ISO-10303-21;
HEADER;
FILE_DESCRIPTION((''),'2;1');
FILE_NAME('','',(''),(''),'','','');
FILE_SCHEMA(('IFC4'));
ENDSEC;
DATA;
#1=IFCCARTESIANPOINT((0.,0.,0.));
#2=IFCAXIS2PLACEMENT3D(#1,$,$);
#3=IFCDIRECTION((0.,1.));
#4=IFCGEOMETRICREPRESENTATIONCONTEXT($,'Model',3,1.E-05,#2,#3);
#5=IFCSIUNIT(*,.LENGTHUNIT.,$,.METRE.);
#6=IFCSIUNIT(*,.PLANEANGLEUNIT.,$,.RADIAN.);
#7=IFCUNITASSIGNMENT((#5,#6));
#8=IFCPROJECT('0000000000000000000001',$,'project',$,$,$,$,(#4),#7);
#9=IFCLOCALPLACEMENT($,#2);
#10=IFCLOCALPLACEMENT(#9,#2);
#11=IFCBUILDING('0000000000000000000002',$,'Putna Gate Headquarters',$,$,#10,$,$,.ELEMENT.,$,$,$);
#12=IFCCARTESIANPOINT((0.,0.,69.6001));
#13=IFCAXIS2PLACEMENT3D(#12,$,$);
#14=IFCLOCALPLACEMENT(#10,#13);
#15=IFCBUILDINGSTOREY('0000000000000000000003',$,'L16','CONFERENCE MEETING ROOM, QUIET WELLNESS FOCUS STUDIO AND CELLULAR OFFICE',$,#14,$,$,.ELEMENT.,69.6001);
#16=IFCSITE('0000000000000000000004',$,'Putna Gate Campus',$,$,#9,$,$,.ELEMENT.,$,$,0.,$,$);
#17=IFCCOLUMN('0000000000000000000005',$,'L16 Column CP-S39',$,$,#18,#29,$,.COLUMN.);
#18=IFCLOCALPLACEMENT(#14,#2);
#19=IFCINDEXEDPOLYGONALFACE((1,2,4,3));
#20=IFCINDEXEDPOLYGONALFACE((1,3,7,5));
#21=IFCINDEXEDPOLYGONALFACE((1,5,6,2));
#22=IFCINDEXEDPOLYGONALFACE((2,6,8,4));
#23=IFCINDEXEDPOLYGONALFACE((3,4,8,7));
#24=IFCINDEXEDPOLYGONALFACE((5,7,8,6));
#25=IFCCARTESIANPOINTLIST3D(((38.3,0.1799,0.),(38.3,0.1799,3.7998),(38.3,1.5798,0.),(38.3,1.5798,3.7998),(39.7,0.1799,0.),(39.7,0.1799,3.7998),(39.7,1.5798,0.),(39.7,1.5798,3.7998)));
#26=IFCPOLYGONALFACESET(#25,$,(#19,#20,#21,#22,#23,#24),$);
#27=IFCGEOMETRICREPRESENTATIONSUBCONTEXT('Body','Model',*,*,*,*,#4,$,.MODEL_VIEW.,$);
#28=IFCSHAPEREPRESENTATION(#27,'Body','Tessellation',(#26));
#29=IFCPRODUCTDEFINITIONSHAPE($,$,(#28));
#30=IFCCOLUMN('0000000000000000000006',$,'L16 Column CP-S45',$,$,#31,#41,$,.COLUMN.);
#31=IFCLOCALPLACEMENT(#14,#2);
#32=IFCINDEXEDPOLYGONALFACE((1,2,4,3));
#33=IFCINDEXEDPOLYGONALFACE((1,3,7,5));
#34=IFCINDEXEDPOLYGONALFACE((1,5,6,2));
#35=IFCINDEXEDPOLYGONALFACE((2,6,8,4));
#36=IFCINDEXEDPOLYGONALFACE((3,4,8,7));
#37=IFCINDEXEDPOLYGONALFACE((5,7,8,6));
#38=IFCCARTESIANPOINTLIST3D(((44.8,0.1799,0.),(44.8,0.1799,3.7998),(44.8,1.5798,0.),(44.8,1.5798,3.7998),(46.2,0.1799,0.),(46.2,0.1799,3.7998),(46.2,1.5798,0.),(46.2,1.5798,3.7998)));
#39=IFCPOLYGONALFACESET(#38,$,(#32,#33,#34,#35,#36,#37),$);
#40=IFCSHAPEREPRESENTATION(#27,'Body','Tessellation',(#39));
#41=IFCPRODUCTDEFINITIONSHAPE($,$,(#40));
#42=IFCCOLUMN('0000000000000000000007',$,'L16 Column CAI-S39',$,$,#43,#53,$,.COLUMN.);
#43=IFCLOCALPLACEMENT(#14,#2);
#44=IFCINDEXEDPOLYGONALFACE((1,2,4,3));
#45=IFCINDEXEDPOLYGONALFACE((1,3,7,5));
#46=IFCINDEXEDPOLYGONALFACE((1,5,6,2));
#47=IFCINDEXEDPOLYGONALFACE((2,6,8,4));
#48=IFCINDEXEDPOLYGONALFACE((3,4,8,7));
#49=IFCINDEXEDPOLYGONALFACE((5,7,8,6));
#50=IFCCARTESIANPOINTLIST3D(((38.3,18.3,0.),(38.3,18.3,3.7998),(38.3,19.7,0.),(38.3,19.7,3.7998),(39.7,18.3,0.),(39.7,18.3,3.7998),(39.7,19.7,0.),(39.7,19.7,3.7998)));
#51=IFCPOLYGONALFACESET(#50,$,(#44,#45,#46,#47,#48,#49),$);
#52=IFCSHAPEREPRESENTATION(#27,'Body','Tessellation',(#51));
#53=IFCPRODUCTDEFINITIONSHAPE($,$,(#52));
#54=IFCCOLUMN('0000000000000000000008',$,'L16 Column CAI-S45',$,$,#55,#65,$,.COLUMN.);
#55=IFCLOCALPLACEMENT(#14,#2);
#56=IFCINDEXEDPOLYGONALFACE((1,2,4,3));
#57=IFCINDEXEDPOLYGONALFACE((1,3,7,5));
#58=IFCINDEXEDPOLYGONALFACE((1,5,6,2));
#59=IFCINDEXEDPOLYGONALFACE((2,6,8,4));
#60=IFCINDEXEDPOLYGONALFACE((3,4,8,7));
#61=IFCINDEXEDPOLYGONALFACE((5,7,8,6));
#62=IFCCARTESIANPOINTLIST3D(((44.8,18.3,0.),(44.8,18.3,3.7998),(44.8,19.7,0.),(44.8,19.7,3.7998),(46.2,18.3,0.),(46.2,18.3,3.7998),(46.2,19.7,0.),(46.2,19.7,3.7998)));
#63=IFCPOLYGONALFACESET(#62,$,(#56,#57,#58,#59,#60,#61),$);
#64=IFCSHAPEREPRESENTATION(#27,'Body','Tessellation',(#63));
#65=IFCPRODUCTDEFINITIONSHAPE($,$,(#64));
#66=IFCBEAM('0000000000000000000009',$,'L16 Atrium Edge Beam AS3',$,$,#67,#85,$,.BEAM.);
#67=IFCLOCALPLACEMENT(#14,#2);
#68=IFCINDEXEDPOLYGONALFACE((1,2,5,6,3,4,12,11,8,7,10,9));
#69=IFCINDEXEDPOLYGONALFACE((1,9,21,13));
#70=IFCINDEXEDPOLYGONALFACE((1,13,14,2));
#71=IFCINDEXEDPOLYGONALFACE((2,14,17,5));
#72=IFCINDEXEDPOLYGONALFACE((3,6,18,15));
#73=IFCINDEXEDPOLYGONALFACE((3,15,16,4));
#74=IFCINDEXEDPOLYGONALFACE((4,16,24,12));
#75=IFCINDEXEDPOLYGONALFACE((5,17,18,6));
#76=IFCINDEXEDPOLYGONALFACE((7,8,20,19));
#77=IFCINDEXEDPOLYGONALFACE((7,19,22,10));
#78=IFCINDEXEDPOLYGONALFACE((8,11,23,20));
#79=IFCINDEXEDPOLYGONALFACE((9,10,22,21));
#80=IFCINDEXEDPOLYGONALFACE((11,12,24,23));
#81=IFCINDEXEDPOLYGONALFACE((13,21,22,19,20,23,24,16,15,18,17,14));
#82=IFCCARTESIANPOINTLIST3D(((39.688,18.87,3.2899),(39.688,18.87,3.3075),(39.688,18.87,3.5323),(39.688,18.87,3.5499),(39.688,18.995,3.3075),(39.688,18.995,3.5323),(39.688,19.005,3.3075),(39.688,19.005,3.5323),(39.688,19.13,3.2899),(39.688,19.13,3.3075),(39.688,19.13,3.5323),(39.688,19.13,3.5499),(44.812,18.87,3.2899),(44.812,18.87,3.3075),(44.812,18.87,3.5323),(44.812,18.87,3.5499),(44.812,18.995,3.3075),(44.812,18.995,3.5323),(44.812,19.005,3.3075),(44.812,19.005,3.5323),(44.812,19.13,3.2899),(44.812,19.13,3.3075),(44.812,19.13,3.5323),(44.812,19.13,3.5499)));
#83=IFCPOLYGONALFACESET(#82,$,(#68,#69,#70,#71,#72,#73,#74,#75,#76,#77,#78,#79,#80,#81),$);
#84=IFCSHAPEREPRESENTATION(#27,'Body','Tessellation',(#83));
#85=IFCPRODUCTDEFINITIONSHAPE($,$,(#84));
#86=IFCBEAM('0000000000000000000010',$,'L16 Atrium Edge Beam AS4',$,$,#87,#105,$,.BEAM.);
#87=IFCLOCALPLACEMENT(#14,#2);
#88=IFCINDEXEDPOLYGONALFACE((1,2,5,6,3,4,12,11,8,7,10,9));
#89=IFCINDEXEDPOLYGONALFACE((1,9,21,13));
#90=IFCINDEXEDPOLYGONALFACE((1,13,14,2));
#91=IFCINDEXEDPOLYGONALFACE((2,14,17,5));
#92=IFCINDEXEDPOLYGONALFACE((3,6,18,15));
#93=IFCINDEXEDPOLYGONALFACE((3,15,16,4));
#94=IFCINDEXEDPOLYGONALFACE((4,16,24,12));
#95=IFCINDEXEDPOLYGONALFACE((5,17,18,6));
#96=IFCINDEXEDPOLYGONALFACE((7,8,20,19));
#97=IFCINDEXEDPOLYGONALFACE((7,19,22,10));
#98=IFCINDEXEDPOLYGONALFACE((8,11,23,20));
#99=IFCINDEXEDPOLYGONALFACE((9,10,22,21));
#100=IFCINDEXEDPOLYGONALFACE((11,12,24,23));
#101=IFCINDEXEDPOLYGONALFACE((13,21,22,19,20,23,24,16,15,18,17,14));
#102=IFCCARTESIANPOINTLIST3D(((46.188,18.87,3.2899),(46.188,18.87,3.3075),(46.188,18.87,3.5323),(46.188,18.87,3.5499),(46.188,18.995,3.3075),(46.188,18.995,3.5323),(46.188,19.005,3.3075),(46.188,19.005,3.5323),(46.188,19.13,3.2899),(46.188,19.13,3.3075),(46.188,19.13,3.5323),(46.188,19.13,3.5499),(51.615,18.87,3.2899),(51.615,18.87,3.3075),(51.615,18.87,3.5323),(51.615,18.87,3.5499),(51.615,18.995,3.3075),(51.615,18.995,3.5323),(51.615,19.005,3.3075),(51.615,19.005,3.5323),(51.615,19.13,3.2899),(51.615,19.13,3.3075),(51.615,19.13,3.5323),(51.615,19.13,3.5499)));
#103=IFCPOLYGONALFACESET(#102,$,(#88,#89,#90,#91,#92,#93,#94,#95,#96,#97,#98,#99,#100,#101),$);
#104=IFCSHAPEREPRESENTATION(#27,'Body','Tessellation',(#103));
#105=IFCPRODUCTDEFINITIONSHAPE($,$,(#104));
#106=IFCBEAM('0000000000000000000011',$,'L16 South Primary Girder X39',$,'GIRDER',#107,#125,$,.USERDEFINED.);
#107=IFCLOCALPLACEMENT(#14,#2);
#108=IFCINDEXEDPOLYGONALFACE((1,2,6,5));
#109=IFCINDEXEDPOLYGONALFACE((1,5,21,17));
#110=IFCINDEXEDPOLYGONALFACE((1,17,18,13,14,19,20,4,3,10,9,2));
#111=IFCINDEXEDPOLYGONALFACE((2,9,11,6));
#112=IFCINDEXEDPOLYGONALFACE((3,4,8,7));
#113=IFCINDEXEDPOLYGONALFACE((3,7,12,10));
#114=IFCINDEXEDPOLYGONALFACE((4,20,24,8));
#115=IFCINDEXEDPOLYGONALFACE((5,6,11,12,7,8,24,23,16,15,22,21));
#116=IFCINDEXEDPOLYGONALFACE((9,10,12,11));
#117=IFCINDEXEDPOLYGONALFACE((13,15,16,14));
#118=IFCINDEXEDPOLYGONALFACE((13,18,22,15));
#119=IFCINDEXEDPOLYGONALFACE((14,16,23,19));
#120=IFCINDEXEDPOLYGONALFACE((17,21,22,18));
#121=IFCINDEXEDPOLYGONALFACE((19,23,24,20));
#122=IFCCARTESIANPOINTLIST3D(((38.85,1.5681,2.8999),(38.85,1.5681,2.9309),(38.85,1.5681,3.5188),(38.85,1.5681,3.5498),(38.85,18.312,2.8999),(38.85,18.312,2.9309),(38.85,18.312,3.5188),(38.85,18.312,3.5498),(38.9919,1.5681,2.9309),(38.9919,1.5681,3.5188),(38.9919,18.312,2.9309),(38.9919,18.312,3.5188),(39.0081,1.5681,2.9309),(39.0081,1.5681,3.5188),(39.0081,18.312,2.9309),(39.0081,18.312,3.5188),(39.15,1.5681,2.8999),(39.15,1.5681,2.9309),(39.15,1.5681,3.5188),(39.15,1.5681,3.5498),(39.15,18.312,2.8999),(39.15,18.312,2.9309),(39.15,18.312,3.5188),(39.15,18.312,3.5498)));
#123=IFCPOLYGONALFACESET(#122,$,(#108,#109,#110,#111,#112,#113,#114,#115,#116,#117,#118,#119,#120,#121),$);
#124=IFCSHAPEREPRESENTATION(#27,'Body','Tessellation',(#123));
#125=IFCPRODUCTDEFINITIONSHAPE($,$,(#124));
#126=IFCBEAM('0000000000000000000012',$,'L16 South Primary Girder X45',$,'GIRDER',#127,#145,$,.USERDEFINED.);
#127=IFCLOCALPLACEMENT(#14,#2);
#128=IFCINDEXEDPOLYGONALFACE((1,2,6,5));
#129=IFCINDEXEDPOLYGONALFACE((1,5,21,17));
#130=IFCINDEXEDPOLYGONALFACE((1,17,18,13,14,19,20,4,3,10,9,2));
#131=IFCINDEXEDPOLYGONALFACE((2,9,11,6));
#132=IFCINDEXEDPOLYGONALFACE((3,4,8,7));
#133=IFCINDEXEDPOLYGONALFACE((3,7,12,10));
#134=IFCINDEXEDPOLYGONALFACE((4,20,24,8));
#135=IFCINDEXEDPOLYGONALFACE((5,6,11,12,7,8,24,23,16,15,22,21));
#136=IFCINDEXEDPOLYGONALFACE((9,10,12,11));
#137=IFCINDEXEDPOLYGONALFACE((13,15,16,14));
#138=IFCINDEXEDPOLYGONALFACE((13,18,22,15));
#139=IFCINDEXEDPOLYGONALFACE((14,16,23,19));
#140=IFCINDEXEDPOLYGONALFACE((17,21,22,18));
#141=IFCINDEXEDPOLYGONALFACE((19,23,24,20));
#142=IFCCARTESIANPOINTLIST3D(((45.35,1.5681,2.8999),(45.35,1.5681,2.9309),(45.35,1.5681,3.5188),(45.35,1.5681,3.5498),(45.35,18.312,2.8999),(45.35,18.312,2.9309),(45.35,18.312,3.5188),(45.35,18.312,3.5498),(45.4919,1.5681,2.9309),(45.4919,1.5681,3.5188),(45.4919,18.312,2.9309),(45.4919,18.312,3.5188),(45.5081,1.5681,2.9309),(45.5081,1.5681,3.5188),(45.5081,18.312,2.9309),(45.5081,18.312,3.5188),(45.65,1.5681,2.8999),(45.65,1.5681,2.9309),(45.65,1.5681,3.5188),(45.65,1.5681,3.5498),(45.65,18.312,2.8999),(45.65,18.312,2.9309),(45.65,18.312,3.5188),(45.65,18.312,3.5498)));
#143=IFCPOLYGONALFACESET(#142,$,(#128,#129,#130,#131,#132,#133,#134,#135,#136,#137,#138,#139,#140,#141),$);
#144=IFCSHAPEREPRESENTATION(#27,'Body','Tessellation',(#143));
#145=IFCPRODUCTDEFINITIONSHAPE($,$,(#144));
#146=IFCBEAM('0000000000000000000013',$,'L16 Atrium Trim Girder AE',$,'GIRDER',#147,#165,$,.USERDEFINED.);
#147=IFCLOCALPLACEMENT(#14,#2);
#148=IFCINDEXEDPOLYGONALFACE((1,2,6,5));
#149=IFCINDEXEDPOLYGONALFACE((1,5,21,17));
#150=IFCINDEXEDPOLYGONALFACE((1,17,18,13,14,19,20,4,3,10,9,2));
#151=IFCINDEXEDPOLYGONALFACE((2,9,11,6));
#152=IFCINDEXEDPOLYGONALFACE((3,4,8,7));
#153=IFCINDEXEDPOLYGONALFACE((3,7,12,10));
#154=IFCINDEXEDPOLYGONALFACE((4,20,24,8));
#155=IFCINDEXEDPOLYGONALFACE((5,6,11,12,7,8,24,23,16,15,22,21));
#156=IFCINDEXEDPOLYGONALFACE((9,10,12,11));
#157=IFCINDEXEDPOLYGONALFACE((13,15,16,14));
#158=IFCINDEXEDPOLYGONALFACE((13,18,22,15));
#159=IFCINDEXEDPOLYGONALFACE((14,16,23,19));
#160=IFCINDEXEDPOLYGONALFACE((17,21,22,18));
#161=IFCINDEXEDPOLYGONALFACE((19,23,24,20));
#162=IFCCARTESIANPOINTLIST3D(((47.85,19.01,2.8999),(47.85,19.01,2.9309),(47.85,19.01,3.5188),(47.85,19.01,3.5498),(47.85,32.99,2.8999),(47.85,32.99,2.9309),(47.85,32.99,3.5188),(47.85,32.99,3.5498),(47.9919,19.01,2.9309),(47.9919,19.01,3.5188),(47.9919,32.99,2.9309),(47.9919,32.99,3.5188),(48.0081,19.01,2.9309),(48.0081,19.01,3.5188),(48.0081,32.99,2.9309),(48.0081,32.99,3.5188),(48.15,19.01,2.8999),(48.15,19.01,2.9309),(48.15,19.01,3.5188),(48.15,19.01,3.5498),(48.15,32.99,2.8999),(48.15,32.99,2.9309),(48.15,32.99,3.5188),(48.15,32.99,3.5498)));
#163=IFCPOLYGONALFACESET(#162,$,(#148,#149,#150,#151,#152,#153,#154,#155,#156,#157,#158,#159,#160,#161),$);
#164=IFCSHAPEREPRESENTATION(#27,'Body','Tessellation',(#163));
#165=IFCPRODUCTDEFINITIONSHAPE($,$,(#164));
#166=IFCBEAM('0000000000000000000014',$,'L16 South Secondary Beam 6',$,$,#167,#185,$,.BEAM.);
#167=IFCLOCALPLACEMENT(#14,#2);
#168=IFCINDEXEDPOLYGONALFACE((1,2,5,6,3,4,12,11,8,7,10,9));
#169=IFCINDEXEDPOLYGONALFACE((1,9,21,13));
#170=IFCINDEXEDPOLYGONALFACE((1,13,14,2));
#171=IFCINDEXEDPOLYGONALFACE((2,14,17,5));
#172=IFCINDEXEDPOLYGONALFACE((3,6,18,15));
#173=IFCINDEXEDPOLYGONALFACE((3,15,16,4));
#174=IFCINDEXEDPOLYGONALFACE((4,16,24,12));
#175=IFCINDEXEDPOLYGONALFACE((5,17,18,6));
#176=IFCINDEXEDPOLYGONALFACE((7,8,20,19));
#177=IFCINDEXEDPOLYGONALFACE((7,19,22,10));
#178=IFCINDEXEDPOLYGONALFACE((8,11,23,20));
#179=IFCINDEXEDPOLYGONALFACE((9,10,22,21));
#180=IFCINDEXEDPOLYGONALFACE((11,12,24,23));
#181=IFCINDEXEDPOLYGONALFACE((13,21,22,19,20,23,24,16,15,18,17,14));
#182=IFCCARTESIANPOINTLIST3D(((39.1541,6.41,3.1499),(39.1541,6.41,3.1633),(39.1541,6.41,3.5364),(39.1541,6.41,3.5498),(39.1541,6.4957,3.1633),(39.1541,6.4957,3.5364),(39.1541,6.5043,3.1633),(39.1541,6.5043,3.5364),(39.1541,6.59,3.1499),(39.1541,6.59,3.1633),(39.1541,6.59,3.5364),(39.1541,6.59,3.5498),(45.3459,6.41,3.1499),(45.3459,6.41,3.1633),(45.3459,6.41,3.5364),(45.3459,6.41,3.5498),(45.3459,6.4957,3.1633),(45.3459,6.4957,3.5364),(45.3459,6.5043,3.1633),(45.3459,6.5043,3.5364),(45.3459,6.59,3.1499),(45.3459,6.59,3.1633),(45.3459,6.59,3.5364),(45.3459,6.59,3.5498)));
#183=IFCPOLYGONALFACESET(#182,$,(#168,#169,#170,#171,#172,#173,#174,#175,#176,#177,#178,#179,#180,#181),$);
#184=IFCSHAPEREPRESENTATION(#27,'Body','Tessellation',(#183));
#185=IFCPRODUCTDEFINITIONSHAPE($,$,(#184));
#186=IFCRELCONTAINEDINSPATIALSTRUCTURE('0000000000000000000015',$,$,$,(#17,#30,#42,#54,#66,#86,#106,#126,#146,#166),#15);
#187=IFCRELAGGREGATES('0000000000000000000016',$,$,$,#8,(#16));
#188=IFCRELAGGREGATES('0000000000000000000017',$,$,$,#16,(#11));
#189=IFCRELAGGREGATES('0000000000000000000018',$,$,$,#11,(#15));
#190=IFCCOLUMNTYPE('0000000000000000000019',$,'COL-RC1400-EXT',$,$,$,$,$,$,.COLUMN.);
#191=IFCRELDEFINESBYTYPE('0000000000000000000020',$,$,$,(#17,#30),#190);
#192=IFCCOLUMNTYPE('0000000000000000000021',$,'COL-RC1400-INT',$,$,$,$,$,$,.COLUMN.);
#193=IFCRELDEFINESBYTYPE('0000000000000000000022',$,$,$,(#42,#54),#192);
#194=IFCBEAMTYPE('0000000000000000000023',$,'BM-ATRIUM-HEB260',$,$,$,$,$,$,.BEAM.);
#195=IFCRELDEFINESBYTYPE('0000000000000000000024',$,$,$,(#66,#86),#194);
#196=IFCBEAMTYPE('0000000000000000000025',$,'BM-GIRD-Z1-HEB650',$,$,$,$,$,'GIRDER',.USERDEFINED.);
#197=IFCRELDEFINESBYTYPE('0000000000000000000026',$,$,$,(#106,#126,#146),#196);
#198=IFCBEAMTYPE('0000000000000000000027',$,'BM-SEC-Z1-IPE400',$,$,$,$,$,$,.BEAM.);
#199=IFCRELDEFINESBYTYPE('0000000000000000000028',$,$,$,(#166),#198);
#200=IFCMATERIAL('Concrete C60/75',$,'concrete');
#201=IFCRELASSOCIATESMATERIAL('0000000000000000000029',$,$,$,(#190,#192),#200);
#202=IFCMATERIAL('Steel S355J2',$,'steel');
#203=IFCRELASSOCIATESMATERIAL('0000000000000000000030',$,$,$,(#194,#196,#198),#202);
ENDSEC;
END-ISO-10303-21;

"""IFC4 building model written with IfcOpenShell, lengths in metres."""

from ifc_helpers import new_model, si_unit, direction, frame, origin, origin_2d, place, context, subcontext, project, spatial, rectangle, i_section, extrude, material, material_profile, profile_set, type_object, element, save


model = new_model("IFC4")

# Units and contexts
model_context = context("Model", 3, precision=1e-05, world=origin(), true_north=direction((0.0, 1.0)))
body_context = subcontext(model_context, "Body", "Model", "MODEL_VIEW")
ifc_project = project(units=[si_unit("LENGTHUNIT", "METRE"), si_unit("PLANEANGLEUNIT", "RADIAN")], contexts=[model_context])

# Site, building, storey
site_placement = place(None, origin())
site = spatial("IfcSite", under=ifc_project, at=site_placement, Name="Putna Gate Campus", CompositionType="ELEMENT", RefElevation=0.0)
building_placement = place(site_placement, origin())
building = spatial("IfcBuilding", under=site, at=building_placement, Name="Putna Gate Headquarters", CompositionType="ELEMENT")
storey_placement = place(building_placement, frame((0.0, 0.0, 69.6001)))
storey = spatial("IfcBuildingStorey", under=building, at=storey_placement, Name="L16", Description="CONFERENCE MEETING ROOM, QUIET WELLNESS FOCUS STUDIO AND CELLULAR OFFICE", CompositionType="ELEMENT", Elevation=69.6001)

# Columns
ifc_material_1 = material(Name="Concrete C60/75", Category="concrete")
ifc_material_profile_1 = material_profile(ifc_material_1, rectangle(XDim=1.3999, YDim=1.3999, at=origin_2d()), Name="Concrete C60/75")
ifc_profile_set_1 = profile_set([ifc_material_profile_1], Name="Concrete C60/75")
column_type_1 = type_object("IfcColumnType", Name="COL-RC1400-EXT", PredefinedType="COLUMN", material=ifc_profile_set_1)
for number, where, z_axis, x_axis, name in (
    (1, (39.0, 0.8799, 0.0), (0.0, 0.0, 1.0), (1.0, 0.0, 0.0), "L16 Column CP-S39"),
    (2, (45.5, 0.8799, 0.0), (0.0, 0.0, 1.0), (1.0, 0.0, 0.0), "L16 Column CP-S45"),
):
    element("IfcColumn", number, at=place(storey_placement, frame(where, z_axis=z_axis, x_axis=x_axis)), inside=storey, type_object=column_type_1, Name=name, PredefinedType="COLUMN", context=body_context, shape_type="SweptSolid", body=[
        extrude(rectangle(XDim=1.3999, YDim=1.3999, at=origin_2d()), origin(), (0.0, 0.0, 1.0), 3.7998),
    ])
ifc_material_profile_2 = material_profile(ifc_material_1, rectangle(XDim=1.3999, YDim=1.3999, at=origin_2d()), Name="Concrete C60/75")
ifc_profile_set_2 = profile_set([ifc_material_profile_2], Name="Concrete C60/75")
column_type_2 = type_object("IfcColumnType", Name="COL-RC1400-INT", PredefinedType="COLUMN", material=ifc_profile_set_2)
for number, where, z_axis, x_axis, name in (
    (3, (39.0, 19.0, 0.0), (0.0, 0.0, 1.0), (1.0, 0.0, 0.0), "L16 Column CAI-S39"),
    (4, (45.5, 19.0, 0.0), (0.0, 0.0, 1.0), (1.0, 0.0, 0.0), "L16 Column CAI-S45"),
):
    element("IfcColumn", number, at=place(storey_placement, frame(where, z_axis=z_axis, x_axis=x_axis)), inside=storey, type_object=column_type_2, Name=name, PredefinedType="COLUMN", context=body_context, shape_type="SweptSolid", body=[
        extrude(rectangle(XDim=1.3999, YDim=1.3999, at=origin_2d()), origin(), (0.0, 0.0, 1.0), 3.7998),
    ])

# Beams
ifc_material_2 = material(Name="Steel S355J2", Category="steel")
ifc_material_profile_3 = material_profile(ifc_material_2, i_section(OverallWidth=0.26, OverallDepth=0.26, WebThickness=0.01, FlangeThickness=0.0176, at=origin_2d()), Name="Steel S355J2")
ifc_profile_set_3 = profile_set([ifc_material_profile_3], Name="Steel S355J2")
beam_type_1 = type_object("IfcBeamType", Name="BM-ATRIUM-HEB260", PredefinedType="BEAM", material=ifc_profile_set_3)
beam_1_placement = place(storey_placement, frame((39.688, 19.0, 3.4199), z_axis=(1.0, 0.0, 0.0), x_axis=(0.0, 1.0, 0.0)))
element("IfcBeam", 5, at=beam_1_placement, inside=storey, type_object=beam_type_1, Name="L16 Atrium Edge Beam AS3", PredefinedType="BEAM", context=body_context, shape_type="SweptSolid", body=[
    extrude(i_section(OverallWidth=0.26, OverallDepth=0.26, WebThickness=0.01, FlangeThickness=0.0176, at=origin_2d()), origin(), (0.0, 0.0, 1.0), 5.124),
])
beam_2_placement = place(storey_placement, frame((46.188, 19.0, 3.4199), z_axis=(1.0, 0.0, 0.0), x_axis=(0.0, 1.0, 0.0)))
element("IfcBeam", 6, at=beam_2_placement, inside=storey, type_object=beam_type_1, Name="L16 Atrium Edge Beam AS4", PredefinedType="BEAM", context=body_context, shape_type="SweptSolid", body=[
    extrude(i_section(OverallWidth=0.26, OverallDepth=0.26, WebThickness=0.01, FlangeThickness=0.0176, at=origin_2d()), origin(), (0.0, 0.0, 1.0), 5.427),
])
ifc_material_profile_4 = material_profile(ifc_material_2, i_section(OverallWidth=0.3, OverallDepth=0.6499, WebThickness=0.0161, FlangeThickness=0.031, at=origin_2d()), Name="Steel S355J2")
ifc_profile_set_4 = profile_set([ifc_material_profile_4], Name="Steel S355J2")
beam_type_2 = type_object("IfcBeamType", Name="BM-GIRD-Z1-HEB650", ElementType="GIRDER", PredefinedType="USERDEFINED", material=ifc_profile_set_4)
for number, where, z_axis, x_axis, name in (
    (7, (39.0, 1.5681, 3.2249), (0.0, 1.0, 0.0), (-1.0, 0.0, 0.0), "L16 South Primary Girder X39"),
    (8, (45.5, 1.5681, 3.2249), (0.0, 1.0, 0.0), (-1.0, 0.0, 0.0), "L16 South Primary Girder X45"),
):
    element("IfcBeam", number, at=place(storey_placement, frame(where, z_axis=z_axis, x_axis=x_axis)), inside=storey, type_object=beam_type_2, Name=name, ObjectType="GIRDER", PredefinedType="USERDEFINED", context=body_context, shape_type="SweptSolid", body=[
        extrude(i_section(OverallWidth=0.3, OverallDepth=0.6499, WebThickness=0.0161, FlangeThickness=0.031, at=origin_2d()), origin(), (0.0, 0.0, 1.0), 16.7439),
    ])
beam_3_placement = place(storey_placement, frame((48.0, 19.01, 3.2249), z_axis=(0.0, 1.0, 0.0), x_axis=(-1.0, 0.0, 0.0)))
element("IfcBeam", 9, at=beam_3_placement, inside=storey, type_object=beam_type_2, Name="L16 Atrium Trim Girder AE", ObjectType="GIRDER", PredefinedType="USERDEFINED", context=body_context, shape_type="SweptSolid", body=[
    extrude(i_section(OverallWidth=0.3, OverallDepth=0.6499, WebThickness=0.0161, FlangeThickness=0.031, at=origin_2d()), origin(), (0.0, 0.0, 1.0), 13.98),
])
ifc_material_profile_5 = material_profile(ifc_material_2, i_section(OverallWidth=0.1799, OverallDepth=0.3999, WebThickness=0.0085, FlangeThickness=0.0134, at=origin_2d()), Name="Steel S355J2")
ifc_profile_set_5 = profile_set([ifc_material_profile_5], Name="Steel S355J2")
beam_type_3 = type_object("IfcBeamType", Name="BM-SEC-Z1-IPE400", PredefinedType="BEAM", material=ifc_profile_set_5)
for number, where, z_axis, x_axis, name in (
    (10, (39.1541, 6.5, 3.3499), (1.0, 0.0, 0.0), (0.0, 1.0, 0.0), "L16 South Secondary Beam 6"),
):
    element("IfcBeam", number, at=place(storey_placement, frame(where, z_axis=z_axis, x_axis=x_axis)), inside=storey, type_object=beam_type_3, Name=name, PredefinedType="BEAM", context=body_context, shape_type="SweptSolid", body=[
        extrude(i_section(OverallWidth=0.1799, OverallDepth=0.3999, WebThickness=0.0085, FlangeThickness=0.0134, at=origin_2d()), origin(), (0.0, 0.0, 1.0), 6.1919),
    ])

save(model, "model.ifc")
